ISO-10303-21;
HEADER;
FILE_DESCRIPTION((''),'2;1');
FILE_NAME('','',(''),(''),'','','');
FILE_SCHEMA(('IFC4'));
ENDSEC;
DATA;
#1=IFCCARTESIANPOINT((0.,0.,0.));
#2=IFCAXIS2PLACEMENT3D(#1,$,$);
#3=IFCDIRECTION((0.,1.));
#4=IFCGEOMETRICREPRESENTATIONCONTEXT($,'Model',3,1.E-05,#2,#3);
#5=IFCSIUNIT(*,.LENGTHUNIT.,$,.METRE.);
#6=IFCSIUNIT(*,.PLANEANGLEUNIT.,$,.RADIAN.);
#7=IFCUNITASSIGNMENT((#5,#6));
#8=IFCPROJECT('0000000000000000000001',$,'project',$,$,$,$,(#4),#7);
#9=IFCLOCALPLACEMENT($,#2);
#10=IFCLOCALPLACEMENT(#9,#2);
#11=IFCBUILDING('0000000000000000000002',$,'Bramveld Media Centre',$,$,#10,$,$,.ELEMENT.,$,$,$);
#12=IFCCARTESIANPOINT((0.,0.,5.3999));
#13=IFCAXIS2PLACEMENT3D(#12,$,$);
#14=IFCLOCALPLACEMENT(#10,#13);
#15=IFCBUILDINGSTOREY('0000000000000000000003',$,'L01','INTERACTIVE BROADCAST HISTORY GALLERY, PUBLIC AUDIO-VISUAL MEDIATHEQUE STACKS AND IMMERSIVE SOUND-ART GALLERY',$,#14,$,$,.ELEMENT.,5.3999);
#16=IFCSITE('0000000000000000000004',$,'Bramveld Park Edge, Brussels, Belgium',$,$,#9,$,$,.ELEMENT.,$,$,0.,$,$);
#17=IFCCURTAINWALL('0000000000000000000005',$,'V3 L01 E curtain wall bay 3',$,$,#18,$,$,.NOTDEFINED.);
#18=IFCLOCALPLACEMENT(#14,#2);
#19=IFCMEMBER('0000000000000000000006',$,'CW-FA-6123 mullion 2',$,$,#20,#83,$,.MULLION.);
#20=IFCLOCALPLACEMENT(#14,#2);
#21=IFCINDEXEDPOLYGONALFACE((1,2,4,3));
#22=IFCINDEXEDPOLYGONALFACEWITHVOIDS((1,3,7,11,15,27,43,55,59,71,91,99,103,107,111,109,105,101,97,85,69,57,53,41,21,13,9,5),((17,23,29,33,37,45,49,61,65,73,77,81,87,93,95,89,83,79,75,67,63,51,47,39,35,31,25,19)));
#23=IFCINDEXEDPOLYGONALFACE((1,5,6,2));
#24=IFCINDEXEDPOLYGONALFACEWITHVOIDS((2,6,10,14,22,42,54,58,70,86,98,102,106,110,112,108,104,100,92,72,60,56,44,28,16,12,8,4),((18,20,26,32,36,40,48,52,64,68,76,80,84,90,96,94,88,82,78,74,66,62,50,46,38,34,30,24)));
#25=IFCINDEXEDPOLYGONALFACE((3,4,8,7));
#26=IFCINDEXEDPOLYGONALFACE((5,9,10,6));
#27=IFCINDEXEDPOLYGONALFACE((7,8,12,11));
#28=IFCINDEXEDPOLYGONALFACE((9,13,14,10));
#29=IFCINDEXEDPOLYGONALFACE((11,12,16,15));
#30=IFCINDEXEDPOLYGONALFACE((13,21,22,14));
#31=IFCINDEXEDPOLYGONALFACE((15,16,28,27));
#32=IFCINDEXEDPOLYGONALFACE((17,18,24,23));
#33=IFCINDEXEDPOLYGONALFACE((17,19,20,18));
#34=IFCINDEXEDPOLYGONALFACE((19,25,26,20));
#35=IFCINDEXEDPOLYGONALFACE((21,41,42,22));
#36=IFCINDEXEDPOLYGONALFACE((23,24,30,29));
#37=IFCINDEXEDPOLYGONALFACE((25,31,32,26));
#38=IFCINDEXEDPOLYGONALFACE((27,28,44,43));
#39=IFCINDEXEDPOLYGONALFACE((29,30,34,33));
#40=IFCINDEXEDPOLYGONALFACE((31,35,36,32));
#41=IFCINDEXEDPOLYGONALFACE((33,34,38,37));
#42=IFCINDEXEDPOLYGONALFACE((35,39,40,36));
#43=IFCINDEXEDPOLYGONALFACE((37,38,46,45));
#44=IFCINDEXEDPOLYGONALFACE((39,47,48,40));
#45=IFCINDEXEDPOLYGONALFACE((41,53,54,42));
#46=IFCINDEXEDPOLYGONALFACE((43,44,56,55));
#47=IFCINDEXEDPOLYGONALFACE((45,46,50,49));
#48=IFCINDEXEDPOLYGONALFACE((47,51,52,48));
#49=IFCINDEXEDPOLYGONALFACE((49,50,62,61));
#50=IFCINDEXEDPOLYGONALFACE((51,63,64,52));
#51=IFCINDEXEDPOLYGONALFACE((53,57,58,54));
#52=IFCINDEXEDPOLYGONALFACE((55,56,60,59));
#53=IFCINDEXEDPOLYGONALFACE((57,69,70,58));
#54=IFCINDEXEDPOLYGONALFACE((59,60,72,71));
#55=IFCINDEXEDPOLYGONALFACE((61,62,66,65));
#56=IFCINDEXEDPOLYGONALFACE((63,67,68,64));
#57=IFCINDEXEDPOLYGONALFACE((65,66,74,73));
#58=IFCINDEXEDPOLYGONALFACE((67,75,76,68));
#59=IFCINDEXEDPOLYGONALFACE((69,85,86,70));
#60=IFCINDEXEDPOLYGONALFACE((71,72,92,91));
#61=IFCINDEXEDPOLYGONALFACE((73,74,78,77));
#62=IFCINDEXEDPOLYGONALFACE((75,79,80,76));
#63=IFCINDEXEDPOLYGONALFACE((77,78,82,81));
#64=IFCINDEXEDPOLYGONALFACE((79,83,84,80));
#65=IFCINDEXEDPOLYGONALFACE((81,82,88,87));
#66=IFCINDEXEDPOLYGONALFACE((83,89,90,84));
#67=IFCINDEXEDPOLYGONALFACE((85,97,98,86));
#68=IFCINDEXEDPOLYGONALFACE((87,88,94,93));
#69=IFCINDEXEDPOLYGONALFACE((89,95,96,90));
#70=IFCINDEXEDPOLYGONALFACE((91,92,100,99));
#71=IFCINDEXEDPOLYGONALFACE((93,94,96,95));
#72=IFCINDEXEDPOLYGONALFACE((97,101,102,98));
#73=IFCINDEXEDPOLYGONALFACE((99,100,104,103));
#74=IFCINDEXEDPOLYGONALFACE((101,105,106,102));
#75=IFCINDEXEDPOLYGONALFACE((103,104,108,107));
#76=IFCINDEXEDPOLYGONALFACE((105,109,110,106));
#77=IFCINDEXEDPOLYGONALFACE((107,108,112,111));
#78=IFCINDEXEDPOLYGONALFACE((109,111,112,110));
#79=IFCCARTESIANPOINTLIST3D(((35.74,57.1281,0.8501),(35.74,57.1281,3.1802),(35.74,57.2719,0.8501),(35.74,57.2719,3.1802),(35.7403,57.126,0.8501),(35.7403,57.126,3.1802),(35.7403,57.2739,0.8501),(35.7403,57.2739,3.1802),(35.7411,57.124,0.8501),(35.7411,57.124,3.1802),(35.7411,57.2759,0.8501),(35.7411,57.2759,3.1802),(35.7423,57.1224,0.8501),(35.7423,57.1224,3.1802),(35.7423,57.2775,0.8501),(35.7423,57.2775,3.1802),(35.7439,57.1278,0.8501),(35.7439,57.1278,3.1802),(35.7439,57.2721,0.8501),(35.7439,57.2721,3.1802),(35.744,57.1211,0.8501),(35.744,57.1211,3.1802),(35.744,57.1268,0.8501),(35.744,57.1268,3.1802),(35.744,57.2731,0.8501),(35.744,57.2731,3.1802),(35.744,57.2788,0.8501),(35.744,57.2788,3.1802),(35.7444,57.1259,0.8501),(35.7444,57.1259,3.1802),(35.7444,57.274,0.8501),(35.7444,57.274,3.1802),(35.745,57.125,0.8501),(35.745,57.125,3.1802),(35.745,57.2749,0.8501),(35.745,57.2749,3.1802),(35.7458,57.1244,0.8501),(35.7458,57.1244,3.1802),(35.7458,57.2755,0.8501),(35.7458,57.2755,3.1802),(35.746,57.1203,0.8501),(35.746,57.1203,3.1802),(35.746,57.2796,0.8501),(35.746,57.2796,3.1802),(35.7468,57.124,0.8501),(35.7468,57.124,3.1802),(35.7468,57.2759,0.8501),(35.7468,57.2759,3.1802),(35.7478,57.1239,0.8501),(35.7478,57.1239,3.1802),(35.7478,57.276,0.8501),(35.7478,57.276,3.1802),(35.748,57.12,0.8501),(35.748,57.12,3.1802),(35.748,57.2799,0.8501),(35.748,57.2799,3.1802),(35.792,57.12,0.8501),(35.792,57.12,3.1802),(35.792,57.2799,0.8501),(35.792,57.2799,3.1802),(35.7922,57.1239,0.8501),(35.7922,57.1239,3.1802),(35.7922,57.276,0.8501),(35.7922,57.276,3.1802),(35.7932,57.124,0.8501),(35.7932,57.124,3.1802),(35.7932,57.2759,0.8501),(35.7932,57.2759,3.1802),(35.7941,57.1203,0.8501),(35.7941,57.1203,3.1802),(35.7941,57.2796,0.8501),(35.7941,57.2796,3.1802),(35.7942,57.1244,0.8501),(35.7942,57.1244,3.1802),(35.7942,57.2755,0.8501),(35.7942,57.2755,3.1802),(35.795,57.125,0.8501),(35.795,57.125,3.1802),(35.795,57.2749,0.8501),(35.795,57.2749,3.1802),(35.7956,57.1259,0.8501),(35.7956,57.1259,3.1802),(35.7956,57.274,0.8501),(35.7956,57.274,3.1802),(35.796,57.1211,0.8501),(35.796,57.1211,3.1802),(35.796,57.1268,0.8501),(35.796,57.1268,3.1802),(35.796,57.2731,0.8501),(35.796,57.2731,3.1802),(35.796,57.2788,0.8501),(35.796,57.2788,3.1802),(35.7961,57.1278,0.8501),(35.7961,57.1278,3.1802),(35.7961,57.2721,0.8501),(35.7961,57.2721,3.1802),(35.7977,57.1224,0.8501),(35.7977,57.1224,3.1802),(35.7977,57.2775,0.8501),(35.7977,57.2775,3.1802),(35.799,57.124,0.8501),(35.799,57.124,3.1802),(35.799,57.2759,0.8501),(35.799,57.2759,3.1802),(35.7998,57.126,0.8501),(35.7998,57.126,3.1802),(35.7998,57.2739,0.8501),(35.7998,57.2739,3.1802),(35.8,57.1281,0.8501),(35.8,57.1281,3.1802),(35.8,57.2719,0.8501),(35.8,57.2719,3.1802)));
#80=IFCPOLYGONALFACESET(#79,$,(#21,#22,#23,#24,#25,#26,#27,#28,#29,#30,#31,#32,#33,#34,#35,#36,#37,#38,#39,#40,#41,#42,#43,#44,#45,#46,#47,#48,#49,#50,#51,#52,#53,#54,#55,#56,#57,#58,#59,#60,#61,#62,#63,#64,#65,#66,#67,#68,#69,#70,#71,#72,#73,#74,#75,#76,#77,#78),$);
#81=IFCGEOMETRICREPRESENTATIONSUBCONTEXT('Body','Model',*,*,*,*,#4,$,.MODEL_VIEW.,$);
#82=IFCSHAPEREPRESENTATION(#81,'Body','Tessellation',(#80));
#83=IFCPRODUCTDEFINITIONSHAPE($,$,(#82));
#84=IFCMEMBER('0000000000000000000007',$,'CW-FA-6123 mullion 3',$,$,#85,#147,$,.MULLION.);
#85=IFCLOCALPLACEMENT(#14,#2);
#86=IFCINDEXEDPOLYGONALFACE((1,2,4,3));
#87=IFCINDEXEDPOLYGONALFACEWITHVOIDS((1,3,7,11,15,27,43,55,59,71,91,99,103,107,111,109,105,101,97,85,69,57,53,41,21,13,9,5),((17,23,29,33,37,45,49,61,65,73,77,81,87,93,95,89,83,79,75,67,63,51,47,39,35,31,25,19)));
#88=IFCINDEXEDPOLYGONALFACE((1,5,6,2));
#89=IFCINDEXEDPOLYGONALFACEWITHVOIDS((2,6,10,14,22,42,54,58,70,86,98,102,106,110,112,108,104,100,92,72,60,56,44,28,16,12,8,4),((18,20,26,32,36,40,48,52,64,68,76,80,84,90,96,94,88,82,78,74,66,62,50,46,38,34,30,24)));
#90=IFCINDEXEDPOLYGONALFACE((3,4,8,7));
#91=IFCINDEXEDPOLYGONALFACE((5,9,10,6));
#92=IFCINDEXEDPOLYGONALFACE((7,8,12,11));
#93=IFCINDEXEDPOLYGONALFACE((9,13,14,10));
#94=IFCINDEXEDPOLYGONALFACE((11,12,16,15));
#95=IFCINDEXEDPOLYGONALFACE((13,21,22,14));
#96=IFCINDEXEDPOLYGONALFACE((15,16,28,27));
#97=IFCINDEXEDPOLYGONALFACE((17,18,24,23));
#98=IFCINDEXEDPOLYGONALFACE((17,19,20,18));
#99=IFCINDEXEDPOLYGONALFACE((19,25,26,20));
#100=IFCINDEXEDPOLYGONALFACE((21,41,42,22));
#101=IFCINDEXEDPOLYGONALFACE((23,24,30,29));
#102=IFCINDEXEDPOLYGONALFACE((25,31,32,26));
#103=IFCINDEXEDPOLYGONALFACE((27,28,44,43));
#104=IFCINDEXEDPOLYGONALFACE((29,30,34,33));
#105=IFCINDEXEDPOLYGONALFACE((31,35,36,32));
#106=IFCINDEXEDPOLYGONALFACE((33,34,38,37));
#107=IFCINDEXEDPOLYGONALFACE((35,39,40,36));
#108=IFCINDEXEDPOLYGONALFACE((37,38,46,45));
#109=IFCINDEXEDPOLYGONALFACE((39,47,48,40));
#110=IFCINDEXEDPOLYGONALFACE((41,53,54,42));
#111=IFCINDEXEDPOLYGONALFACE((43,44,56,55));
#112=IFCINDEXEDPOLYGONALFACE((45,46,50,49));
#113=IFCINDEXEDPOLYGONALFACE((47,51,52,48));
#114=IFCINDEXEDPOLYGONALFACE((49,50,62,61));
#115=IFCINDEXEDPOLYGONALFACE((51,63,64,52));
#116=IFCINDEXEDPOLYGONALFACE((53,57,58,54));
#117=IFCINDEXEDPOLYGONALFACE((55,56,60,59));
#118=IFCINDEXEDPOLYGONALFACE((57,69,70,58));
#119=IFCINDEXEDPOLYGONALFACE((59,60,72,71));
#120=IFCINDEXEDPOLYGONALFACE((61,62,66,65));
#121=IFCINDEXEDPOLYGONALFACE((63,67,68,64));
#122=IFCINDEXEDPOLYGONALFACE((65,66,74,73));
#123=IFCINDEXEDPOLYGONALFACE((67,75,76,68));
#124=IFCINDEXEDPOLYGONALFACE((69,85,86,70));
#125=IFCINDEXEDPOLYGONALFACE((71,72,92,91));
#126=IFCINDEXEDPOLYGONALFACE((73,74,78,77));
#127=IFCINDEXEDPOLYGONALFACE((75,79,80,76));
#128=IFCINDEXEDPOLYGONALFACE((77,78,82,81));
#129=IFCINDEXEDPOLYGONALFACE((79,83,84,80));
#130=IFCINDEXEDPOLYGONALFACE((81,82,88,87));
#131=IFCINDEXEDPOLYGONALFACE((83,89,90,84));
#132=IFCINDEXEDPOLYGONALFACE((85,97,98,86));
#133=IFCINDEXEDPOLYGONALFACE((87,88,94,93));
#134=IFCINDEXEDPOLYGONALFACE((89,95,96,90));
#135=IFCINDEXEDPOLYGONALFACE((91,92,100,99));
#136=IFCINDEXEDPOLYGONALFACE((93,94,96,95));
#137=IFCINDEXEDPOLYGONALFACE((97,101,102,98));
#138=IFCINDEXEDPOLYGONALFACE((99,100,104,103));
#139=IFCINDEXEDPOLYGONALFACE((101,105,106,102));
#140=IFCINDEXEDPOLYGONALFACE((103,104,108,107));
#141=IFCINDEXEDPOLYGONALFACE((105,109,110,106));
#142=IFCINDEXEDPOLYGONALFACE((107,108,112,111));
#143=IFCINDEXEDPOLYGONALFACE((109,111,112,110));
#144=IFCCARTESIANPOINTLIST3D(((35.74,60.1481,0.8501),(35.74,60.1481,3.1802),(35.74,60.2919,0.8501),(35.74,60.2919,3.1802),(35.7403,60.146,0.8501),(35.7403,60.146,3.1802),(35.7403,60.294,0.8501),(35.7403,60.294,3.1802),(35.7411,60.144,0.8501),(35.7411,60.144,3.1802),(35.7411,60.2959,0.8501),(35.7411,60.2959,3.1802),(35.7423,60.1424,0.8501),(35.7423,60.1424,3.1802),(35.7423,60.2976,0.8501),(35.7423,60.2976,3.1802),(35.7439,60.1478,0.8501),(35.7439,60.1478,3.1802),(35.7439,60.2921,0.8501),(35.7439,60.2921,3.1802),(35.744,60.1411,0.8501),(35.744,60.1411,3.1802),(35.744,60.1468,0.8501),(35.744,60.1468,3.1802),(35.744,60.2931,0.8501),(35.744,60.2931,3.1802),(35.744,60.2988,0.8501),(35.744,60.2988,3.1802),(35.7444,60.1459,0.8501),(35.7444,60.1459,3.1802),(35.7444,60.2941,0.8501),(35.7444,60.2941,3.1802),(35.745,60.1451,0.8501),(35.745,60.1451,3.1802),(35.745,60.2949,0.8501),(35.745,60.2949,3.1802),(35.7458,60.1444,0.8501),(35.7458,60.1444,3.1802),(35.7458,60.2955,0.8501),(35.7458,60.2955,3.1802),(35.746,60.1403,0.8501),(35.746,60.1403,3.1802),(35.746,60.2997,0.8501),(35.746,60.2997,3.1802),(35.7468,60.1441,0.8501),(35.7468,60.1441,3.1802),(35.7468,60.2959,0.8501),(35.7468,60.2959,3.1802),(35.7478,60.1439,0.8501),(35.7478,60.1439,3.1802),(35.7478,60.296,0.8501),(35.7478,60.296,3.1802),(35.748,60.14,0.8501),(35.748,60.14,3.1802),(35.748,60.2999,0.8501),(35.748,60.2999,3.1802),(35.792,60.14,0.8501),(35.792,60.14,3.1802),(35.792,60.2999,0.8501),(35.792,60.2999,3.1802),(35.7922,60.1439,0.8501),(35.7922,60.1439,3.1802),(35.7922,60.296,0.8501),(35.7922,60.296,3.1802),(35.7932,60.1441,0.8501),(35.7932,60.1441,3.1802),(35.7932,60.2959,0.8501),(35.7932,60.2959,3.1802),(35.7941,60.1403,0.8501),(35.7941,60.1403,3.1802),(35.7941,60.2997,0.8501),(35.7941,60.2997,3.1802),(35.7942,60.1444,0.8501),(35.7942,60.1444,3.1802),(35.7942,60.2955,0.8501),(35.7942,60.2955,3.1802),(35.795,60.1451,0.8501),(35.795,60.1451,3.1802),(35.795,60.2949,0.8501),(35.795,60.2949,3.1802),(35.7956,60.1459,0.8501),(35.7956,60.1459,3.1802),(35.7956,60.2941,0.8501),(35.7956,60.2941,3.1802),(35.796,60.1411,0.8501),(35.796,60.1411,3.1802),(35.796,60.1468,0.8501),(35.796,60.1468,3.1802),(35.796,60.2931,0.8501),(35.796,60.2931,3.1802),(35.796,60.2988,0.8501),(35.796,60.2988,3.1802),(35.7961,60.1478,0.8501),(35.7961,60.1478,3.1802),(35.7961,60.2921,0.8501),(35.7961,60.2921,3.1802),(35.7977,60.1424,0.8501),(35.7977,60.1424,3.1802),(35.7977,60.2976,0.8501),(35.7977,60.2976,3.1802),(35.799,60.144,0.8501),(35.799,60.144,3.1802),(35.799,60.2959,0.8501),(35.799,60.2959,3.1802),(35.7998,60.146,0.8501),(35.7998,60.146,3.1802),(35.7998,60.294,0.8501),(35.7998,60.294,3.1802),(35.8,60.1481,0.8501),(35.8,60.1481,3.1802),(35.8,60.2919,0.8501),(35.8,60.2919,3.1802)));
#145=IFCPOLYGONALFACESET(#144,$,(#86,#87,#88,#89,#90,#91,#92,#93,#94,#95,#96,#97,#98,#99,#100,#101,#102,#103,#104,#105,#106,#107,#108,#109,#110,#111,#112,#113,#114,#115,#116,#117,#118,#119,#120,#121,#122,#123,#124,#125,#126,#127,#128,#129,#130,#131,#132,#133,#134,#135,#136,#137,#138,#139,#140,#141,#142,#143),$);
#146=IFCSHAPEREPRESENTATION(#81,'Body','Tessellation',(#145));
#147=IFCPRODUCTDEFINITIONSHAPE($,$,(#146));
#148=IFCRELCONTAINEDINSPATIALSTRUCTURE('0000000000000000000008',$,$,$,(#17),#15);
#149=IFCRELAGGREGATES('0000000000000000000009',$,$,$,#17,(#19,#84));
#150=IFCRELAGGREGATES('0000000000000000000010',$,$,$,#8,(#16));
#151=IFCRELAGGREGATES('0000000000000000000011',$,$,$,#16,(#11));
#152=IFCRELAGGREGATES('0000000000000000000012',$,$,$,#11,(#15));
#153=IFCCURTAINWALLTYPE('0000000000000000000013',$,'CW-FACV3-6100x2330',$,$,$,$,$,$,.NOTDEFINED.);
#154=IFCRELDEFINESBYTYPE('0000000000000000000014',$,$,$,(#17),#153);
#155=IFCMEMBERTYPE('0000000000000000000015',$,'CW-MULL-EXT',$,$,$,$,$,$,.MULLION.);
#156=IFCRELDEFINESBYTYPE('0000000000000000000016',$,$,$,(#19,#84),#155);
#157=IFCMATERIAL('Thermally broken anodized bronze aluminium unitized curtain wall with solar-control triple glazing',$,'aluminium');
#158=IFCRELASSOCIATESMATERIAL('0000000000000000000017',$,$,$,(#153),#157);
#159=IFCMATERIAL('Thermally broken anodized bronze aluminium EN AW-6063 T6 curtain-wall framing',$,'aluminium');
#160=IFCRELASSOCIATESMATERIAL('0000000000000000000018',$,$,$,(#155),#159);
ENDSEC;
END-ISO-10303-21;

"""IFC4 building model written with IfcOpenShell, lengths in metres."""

from ifc_helpers import new_model, si_unit, direction, frame, origin, origin_2d, place, context, subcontext, project, spatial, hollow_rectangle, extrude, material, material_profile, profile_set, type_object, element, aggregate, save


model = new_model("IFC4")

# Units and contexts
model_context = context("Model", 3, precision=1e-05, world=origin(), true_north=direction((0.0, 1.0)))
body_context = subcontext(model_context, "Body", "Model", "MODEL_VIEW")
ifc_project = project(units=[si_unit("LENGTHUNIT", "METRE"), si_unit("PLANEANGLEUNIT", "RADIAN")], contexts=[model_context])

# Site, building, storey
site_placement = place(None, origin())
site = spatial("IfcSite", under=ifc_project, at=site_placement, Name="Bramveld Park Edge, Brussels, Belgium", CompositionType="ELEMENT", RefElevation=0.0)
building_placement = place(site_placement, origin())
building = spatial("IfcBuilding", under=site, at=building_placement, Name="Bramveld Media Centre", CompositionType="ELEMENT")
storey_placement = place(building_placement, frame((0.0, 0.0, 5.3999)))
storey = spatial("IfcBuildingStorey", under=building, at=storey_placement, Name="L01", Description="INTERACTIVE BROADCAST HISTORY GALLERY, PUBLIC AUDIO-VISUAL MEDIATHEQUE STACKS AND IMMERSIVE SOUND-ART GALLERY", CompositionType="ELEMENT", Elevation=5.3999)

# Curtain wall, members
ifc_material_1 = material(Name="Thermally broken anodized bronze aluminium unitized curtain wall with solar-control triple glazing", Category="aluminium")
curtain_wall_type = type_object("IfcCurtainWallType", Name="CW-FACV3-6100x2330", PredefinedType="NOTDEFINED", material=ifc_material_1)
curtain_wall_placement = place(storey_placement, origin())
curtain_wall = element("IfcCurtainWall", 1, at=curtain_wall_placement, inside=storey, type_object=curtain_wall_type, Name="V3 L01 E curtain wall bay 3", PredefinedType="NOTDEFINED")
ifc_material_2 = material(Name="Thermally broken anodized bronze aluminium EN AW-6063 T6 curtain-wall framing", Category="aluminium")
ifc_material_profile_1 = material_profile(ifc_material_2, hollow_rectangle(XDim=0.0601, YDim=0.1599, WallThickness=0.0039, InnerFilletRadius=0.0039, OuterFilletRadius=0.0081, at=origin_2d()), Name="AL-MULL 60x160")
ifc_profile_set_1 = profile_set([ifc_material_profile_1], Name="Thermally broken anodized bronze aluminium EN AW-6063 T6 curtain-wall framing")
member_type_1 = type_object("IfcMemberType", Name="CW-MULL-EXT", PredefinedType="MULLION", material=ifc_profile_set_1)
member_1_placement = place(storey_placement, frame((35.77, 57.2, 0.8501), z_axis=(0.0, 0.0, 1.0), x_axis=(-1.0, 0.0, 0.0)))
member_1 = element("IfcMember", 2, at=member_1_placement, type_object=member_type_1, Name="CW-FA-6123 mullion 2", PredefinedType="MULLION", context=body_context, shape_type="SweptSolid", body=[
    extrude(hollow_rectangle(XDim=0.0601, YDim=0.1599, WallThickness=0.0039, InnerFilletRadius=0.0039, OuterFilletRadius=0.0081, at=origin_2d()), origin(), (0.0, 0.0, 1.0), 2.3301),
])
member_2_placement = place(storey_placement, frame((35.77, 60.22, 0.8501), z_axis=(0.0, 0.0, 1.0), x_axis=(-1.0, 0.0, 0.0)))
member_2 = element("IfcMember", 3, at=member_2_placement, type_object=member_type_1, Name="CW-FA-6123 mullion 3", PredefinedType="MULLION", context=body_context, shape_type="SweptSolid", body=[
    extrude(hollow_rectangle(XDim=0.0601, YDim=0.1599, WallThickness=0.0039, InnerFilletRadius=0.0039, OuterFilletRadius=0.0081, at=origin_2d()), origin(), (0.0, 0.0, 1.0), 2.3301),
])

aggregate(curtain_wall, [member_1, member_2])

save(model, "model.ifc")
